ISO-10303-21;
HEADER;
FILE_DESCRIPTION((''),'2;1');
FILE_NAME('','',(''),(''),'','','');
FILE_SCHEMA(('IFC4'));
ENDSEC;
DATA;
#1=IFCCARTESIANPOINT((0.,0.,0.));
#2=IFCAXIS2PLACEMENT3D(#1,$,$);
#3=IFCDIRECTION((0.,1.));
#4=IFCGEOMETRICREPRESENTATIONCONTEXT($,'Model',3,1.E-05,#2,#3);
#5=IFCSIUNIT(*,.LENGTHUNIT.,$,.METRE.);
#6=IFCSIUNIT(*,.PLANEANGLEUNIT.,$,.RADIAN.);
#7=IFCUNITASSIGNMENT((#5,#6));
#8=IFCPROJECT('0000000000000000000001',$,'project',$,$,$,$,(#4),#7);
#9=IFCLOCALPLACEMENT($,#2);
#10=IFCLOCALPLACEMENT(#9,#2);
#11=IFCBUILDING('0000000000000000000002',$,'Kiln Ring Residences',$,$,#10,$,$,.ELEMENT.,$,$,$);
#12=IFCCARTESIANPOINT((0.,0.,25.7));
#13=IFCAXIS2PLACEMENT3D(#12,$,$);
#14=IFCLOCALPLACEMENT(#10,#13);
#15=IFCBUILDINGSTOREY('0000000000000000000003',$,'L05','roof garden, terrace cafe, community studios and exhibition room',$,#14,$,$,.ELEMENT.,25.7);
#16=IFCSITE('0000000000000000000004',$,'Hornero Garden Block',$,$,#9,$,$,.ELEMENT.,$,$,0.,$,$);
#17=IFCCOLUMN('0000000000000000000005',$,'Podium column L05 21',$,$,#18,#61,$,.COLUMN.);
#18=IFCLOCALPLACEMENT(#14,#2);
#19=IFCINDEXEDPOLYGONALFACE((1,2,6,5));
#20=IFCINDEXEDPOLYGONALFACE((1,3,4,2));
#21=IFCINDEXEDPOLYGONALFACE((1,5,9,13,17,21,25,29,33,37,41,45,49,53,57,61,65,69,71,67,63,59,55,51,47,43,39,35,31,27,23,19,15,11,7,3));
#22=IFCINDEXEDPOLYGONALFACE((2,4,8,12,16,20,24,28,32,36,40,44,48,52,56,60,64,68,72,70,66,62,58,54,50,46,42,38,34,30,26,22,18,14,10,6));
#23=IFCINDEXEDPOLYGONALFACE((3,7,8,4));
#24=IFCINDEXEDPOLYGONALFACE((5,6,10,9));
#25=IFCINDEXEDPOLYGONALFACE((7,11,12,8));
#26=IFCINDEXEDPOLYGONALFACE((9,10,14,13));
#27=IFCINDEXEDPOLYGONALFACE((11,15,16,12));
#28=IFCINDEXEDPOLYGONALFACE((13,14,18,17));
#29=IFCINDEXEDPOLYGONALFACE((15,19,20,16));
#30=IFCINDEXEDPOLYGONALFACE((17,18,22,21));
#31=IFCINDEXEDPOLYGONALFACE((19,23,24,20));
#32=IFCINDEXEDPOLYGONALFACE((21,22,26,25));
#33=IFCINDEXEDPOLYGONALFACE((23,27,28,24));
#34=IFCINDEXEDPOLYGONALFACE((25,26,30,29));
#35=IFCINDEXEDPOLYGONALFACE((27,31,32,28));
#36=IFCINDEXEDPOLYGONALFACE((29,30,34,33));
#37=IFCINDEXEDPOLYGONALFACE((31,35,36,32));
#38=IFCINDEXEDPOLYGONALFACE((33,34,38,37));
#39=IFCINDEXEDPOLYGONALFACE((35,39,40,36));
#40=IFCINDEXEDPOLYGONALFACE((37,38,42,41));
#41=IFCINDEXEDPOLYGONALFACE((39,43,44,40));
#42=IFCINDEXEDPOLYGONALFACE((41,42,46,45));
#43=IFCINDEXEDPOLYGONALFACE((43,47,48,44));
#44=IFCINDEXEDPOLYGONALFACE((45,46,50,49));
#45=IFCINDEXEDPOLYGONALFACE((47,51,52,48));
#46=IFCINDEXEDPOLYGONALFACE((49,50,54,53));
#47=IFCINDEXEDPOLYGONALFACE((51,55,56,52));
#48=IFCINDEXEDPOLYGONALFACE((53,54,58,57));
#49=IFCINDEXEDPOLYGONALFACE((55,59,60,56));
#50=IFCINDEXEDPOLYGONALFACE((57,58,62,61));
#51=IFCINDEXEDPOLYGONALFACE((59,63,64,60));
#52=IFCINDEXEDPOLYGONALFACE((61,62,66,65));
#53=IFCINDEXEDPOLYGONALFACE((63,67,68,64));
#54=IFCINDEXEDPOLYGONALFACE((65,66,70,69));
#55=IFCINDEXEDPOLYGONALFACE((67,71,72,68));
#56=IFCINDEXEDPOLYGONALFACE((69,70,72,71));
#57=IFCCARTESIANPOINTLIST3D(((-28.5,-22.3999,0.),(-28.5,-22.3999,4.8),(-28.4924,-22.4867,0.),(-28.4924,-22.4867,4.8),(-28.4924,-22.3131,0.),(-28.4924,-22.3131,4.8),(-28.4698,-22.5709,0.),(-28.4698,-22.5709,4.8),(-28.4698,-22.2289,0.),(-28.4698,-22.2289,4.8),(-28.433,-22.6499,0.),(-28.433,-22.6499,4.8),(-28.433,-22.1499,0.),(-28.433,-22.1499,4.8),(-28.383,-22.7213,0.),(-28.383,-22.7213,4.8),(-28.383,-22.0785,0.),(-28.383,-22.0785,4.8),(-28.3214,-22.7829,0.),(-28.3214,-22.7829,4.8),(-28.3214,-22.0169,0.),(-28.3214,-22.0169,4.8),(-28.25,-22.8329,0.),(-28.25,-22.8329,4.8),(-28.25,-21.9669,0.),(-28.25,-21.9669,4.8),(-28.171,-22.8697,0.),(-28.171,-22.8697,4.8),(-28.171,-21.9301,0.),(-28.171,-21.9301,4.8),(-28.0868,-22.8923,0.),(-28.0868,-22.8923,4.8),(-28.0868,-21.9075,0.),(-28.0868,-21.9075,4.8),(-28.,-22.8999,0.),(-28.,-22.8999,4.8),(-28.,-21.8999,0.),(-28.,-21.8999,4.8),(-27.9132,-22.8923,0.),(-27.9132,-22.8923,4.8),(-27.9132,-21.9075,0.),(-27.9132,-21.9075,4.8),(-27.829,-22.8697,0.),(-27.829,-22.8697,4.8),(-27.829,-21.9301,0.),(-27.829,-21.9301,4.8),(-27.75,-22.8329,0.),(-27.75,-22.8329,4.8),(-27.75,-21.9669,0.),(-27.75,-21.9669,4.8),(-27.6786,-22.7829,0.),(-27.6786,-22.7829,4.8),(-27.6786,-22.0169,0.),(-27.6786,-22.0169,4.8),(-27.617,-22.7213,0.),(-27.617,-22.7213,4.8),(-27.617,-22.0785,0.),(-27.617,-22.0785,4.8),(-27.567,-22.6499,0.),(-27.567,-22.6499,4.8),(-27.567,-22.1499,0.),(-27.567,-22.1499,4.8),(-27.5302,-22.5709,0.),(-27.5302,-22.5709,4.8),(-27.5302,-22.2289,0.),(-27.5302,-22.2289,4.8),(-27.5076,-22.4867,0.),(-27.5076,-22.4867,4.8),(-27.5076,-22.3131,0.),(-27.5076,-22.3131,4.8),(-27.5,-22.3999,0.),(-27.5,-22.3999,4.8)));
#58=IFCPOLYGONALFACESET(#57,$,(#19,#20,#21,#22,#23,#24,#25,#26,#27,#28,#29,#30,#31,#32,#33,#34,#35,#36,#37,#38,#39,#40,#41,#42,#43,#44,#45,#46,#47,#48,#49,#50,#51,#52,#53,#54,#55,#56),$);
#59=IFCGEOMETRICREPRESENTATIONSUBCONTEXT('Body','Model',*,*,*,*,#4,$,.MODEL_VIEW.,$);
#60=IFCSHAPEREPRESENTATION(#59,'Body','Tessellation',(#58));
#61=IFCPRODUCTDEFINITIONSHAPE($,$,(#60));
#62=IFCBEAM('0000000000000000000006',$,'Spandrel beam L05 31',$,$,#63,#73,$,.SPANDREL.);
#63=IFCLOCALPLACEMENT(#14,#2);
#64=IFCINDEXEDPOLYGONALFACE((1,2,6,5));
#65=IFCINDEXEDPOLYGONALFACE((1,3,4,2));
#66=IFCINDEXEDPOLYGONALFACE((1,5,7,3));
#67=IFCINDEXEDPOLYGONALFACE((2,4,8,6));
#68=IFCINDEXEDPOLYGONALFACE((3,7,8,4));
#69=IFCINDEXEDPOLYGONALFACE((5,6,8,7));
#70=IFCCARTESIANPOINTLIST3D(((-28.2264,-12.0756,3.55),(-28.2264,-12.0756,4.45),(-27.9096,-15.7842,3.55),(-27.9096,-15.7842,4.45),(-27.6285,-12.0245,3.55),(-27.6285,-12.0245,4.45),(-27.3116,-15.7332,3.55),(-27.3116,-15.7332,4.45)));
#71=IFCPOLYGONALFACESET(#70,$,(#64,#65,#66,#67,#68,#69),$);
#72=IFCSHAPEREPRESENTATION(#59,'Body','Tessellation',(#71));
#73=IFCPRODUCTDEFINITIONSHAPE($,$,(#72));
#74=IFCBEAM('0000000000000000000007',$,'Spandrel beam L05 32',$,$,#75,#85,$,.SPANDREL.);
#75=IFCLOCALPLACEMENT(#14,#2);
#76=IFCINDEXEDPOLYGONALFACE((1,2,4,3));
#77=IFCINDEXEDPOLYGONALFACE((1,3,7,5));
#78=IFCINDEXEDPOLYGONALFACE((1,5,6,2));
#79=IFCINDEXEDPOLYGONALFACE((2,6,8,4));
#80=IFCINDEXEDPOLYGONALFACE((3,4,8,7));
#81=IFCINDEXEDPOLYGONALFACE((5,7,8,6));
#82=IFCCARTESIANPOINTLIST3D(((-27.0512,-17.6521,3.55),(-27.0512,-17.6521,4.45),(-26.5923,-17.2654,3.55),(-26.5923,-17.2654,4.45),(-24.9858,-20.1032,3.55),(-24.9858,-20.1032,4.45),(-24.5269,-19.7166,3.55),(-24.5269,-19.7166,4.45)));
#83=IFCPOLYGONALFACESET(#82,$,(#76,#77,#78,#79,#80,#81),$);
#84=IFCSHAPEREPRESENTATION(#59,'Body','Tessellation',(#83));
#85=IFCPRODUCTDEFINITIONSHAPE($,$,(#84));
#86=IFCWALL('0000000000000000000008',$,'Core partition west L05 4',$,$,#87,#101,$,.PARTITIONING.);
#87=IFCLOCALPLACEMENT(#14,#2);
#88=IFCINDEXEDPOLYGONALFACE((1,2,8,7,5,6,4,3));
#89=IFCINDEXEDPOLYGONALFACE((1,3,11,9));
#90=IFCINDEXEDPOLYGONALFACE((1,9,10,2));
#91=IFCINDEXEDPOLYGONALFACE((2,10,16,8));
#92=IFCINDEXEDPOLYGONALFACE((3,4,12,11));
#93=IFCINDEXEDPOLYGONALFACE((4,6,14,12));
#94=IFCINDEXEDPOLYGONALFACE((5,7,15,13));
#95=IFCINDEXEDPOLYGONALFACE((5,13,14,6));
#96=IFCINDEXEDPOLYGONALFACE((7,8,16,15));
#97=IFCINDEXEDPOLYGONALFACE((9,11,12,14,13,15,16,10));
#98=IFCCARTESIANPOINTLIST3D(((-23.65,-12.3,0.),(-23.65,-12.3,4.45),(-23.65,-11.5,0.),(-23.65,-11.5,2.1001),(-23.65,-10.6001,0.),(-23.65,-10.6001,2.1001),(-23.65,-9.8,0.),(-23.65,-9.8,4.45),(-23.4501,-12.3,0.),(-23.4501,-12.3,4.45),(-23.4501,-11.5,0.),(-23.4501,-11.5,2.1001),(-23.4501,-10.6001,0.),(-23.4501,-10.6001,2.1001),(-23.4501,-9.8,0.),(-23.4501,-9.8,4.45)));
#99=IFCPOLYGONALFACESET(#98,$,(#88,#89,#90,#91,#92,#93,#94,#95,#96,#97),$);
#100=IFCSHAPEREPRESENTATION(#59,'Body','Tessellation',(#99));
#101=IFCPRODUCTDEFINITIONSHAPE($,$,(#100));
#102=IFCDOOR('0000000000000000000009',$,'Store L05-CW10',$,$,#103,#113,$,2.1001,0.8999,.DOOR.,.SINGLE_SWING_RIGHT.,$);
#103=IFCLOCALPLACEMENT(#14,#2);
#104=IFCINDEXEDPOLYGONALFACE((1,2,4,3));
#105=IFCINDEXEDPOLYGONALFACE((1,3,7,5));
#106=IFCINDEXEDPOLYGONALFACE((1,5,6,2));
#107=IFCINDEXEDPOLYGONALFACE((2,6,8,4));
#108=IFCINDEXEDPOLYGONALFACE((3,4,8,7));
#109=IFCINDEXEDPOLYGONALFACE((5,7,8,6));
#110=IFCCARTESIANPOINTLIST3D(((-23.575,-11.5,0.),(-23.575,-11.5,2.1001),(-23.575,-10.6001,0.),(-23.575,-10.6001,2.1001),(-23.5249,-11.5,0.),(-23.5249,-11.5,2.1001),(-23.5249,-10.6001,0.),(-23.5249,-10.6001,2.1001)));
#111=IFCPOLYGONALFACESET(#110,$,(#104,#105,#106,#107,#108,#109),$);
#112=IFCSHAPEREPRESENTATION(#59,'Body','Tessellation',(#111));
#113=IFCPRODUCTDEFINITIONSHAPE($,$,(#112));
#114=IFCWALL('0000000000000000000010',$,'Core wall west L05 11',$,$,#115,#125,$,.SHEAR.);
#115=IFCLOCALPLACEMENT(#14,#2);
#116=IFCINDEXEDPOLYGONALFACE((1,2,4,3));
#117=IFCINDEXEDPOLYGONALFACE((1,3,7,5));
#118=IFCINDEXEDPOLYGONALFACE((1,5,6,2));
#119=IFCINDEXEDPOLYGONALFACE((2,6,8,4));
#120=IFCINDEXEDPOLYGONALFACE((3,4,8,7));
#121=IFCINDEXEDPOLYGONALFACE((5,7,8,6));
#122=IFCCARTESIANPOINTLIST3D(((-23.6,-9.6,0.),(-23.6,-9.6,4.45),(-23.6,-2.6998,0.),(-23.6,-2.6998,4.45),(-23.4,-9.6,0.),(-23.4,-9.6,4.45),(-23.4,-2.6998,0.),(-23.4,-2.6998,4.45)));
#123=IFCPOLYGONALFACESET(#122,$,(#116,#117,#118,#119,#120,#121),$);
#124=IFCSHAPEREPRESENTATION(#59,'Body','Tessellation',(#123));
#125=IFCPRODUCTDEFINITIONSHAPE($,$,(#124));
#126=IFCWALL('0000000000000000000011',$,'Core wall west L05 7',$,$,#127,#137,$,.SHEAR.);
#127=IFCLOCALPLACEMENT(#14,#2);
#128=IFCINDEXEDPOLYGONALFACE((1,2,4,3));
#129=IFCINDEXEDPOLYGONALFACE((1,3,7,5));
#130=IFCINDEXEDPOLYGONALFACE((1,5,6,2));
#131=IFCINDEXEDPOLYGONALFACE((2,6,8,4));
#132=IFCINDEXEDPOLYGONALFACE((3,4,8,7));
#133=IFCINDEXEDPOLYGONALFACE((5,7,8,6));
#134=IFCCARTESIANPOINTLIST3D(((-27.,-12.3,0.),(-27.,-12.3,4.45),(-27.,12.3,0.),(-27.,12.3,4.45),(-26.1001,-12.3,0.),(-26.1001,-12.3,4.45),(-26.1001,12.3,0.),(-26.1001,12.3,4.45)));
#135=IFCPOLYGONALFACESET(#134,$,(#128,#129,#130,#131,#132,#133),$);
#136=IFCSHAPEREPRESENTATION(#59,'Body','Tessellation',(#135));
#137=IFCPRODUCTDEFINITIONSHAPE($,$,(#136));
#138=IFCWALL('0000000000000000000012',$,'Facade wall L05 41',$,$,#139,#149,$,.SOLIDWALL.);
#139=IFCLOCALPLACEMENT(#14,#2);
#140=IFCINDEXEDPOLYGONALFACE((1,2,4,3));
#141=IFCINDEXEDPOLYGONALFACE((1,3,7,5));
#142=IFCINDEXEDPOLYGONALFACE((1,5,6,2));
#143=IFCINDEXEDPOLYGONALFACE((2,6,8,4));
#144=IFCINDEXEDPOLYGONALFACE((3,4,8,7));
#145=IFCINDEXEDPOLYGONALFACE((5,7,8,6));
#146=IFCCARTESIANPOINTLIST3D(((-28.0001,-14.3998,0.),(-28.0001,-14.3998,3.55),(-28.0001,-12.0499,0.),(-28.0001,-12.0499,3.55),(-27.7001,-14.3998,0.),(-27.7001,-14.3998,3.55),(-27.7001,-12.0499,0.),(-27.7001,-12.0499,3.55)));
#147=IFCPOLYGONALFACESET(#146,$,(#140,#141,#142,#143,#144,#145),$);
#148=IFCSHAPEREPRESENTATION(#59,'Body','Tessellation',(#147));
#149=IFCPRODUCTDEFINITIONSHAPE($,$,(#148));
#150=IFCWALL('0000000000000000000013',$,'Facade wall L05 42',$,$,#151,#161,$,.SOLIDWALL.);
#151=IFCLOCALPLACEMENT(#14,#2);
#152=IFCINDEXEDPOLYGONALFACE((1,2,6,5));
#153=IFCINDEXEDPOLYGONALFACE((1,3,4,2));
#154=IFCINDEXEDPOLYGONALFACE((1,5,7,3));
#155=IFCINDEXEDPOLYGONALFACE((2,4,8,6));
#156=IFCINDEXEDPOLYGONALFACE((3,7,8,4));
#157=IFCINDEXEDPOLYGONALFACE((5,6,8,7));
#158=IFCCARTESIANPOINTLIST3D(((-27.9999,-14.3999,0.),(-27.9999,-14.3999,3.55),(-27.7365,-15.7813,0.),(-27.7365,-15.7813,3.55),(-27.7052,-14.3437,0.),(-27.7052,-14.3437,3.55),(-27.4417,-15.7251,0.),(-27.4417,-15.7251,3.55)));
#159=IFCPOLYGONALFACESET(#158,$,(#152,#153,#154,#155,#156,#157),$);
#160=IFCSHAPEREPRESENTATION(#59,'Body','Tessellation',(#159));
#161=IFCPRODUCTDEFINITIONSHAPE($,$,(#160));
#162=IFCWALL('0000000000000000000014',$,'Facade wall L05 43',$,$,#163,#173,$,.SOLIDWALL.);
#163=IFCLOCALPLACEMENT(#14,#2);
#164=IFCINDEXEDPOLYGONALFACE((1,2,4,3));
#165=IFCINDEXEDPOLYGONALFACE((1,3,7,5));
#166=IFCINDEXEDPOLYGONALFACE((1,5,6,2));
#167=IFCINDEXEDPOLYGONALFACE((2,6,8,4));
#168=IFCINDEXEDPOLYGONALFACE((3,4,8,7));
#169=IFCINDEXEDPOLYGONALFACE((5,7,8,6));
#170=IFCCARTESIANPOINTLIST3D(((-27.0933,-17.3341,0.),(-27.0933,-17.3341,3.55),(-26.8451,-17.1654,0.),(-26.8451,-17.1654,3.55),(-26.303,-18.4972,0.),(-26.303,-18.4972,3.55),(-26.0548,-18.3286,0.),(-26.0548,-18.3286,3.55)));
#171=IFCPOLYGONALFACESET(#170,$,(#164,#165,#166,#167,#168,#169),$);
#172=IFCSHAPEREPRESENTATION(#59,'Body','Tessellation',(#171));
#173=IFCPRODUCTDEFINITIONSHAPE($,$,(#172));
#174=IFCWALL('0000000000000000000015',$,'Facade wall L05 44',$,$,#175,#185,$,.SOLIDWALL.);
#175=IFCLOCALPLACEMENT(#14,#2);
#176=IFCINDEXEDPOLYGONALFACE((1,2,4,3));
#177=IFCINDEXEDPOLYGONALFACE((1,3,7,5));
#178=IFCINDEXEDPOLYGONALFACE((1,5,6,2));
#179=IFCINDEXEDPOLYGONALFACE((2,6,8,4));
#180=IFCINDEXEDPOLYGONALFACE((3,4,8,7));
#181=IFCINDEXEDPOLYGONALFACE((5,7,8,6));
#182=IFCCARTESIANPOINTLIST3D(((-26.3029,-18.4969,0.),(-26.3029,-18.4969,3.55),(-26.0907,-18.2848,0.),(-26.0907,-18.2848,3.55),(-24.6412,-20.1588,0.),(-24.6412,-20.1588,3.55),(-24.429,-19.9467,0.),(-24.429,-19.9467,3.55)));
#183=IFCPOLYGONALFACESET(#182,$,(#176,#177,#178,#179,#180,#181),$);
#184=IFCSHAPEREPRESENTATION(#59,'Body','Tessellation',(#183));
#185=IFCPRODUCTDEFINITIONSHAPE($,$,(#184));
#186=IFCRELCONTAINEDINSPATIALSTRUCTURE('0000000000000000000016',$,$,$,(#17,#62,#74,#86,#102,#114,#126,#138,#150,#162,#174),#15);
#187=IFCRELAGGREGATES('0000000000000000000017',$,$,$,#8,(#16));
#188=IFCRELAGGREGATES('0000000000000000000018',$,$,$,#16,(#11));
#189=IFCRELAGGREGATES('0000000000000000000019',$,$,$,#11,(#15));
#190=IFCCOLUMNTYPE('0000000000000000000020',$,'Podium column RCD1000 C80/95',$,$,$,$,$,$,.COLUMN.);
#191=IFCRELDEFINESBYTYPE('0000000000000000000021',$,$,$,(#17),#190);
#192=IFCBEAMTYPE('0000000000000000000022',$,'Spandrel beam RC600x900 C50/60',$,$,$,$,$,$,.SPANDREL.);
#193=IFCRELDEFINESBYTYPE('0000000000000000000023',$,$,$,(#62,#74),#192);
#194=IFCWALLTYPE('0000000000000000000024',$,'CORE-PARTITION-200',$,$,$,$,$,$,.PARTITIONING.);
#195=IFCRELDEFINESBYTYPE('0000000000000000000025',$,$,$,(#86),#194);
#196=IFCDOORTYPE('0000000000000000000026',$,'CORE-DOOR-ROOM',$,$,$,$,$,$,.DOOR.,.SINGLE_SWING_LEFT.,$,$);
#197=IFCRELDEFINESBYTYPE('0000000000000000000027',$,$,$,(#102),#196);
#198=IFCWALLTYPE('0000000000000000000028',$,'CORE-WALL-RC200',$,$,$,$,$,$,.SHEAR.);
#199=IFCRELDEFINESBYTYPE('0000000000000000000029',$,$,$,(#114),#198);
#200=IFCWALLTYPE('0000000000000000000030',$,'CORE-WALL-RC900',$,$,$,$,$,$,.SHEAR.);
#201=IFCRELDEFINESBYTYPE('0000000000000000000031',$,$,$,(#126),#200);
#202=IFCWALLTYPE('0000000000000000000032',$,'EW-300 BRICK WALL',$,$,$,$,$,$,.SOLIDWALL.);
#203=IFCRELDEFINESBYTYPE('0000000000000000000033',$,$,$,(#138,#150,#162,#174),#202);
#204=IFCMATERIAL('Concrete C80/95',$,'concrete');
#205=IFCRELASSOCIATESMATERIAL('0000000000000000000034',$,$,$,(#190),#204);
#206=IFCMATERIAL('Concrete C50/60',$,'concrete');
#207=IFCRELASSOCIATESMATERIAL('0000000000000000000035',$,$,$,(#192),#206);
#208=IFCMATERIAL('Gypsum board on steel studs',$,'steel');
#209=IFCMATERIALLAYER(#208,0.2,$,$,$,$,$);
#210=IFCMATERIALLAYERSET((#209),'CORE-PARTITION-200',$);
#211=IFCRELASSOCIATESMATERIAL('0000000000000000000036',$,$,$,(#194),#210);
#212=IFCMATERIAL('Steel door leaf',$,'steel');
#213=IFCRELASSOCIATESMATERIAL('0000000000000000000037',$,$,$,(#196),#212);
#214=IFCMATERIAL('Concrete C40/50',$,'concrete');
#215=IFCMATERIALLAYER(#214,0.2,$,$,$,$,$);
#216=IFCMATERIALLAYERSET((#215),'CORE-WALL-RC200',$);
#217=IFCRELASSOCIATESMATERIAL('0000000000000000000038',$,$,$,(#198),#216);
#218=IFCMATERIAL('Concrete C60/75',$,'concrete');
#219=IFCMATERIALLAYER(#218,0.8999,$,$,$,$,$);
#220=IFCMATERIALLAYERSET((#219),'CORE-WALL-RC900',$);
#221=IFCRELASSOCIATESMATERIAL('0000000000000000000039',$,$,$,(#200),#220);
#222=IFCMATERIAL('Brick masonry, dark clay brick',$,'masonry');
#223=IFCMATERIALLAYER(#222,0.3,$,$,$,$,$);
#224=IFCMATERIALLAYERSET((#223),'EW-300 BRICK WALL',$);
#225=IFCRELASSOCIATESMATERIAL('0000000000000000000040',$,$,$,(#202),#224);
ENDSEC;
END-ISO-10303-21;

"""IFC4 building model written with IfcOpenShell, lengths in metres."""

from ifc_helpers import new_model, si_unit, direction, frame, frame_2d, origin, origin_2d, place, context, subcontext, project, spatial, rectangle, circle, extrude, material, layer, layer_set, material_profile, profile_set, type_object, element, fill, save


model = new_model("IFC4")

# Units and contexts
model_context = context("Model", 3, precision=1e-05, world=origin(), true_north=direction((0.0, 1.0)))
body_context = subcontext(model_context, "Body", "Model", "MODEL_VIEW")
ifc_project = project(units=[si_unit("LENGTHUNIT", "METRE"), si_unit("PLANEANGLEUNIT", "RADIAN")], contexts=[model_context])

# Site, building, storey
site_placement = place(None, origin())
site = spatial("IfcSite", under=ifc_project, at=site_placement, Name="Hornero Garden Block", CompositionType="ELEMENT", RefElevation=0.0)
building_placement = place(site_placement, origin())
building = spatial("IfcBuilding", under=site, at=building_placement, Name="Kiln Ring Residences", CompositionType="ELEMENT")
storey_placement = place(building_placement, frame((0.0, 0.0, 25.7)))
storey = spatial("IfcBuildingStorey", under=building, at=storey_placement, Name="L05", Description="roof garden, terrace cafe, community studios and exhibition room", CompositionType="ELEMENT", Elevation=25.7)

# Column
ifc_material_1 = material(Name="Concrete C80/95", Category="concrete")
ifc_material_profile_1 = material_profile(ifc_material_1, circle(Radius=0.5, at=origin_2d()), Name="RCD1000")
ifc_profile_set_1 = profile_set([ifc_material_profile_1], Name="Concrete C80/95")
column_type_1 = type_object("IfcColumnType", Name="Podium column RCD1000 C80/95", PredefinedType="COLUMN", material=ifc_profile_set_1)
for number, where, z_axis, x_axis, name in (
    (1, (-28.0, -22.3999, 0.0), (0.0, 0.0, 1.0), (1.0, 0.0, 0.0), "Podium column L05 21"),
):
    element("IfcColumn", number, at=place(storey_placement, frame(where, z_axis=z_axis, x_axis=x_axis)), inside=storey, type_object=column_type_1, Name=name, PredefinedType="COLUMN", context=body_context, shape_type="SweptSolid", body=[
        extrude(circle(Radius=0.5, at=origin_2d()), origin(), (0.0, 0.0, 1.0), 4.8),
    ])

# Beams
ifc_material_2 = material(Name="Concrete C50/60", Category="concrete")
ifc_material_profile_2 = material_profile(ifc_material_2, rectangle(XDim=0.6001, YDim=0.8999, at=origin_2d()), Name="RC600x900")
ifc_profile_set_2 = profile_set([ifc_material_profile_2], Name="Concrete C50/60")
beam_type = type_object("IfcBeamType", Name="Spandrel beam RC600x900 C50/60", PredefinedType="SPANDREL", material=ifc_profile_set_2)
beam_1_placement = place(storey_placement, frame((-27.9275, -12.05, 4.0), z_axis=(0.085135, -0.996369, 0.0), x_axis=(0.996369, 0.085135, 0.0)))
element("IfcBeam", 2, at=beam_1_placement, inside=storey, type_object=beam_type, Name="Spandrel beam L05 31", PredefinedType="SPANDREL", context=body_context, shape_type="SweptSolid", body=[
    extrude(rectangle(XDim=0.6001, YDim=0.8999, at=origin_2d()), origin(), (0.0, 0.0, 1.0), 3.7222),
])
beam_2_placement = place(storey_placement, frame((-26.8218, -17.4587, 4.0), z_axis=(0.64437, -0.764714, 0.0), x_axis=(0.764714, 0.64437, 0.0)))
element("IfcBeam", 3, at=beam_2_placement, inside=storey, type_object=beam_type, Name="Spandrel beam L05 32", PredefinedType="SPANDREL", context=body_context, shape_type="SweptSolid", body=[
    extrude(rectangle(XDim=0.6001, YDim=0.8999, at=origin_2d()), origin(), (0.0, 0.0, 1.0), 3.2053),
])

# Wall, opening, door
ifc_material_3 = material(Name="Gypsum board on steel studs", Category="steel")
ifc_layer_1 = layer(ifc_material_3, 0.2)
ifc_layer_set_1 = layer_set([ifc_layer_1], Name="CORE-PARTITION-200")
wall_type_1 = type_object("IfcWallType", Name="CORE-PARTITION-200", PredefinedType="PARTITIONING", material=ifc_layer_set_1)
wall_1_placement = place(storey_placement, frame((-23.55, -12.3, 0.0), z_axis=(0.0, 0.0, 1.0), x_axis=(0.0, 1.0, 0.0)))
wall_1 = element("IfcWall", 4, at=wall_1_placement, inside=storey, type_object=wall_type_1, Name="Core partition west L05 4", PredefinedType="PARTITIONING", context=body_context, shape_type="SweptSolid", body=[
    extrude(rectangle(XDim=2.5, YDim=0.2, at=frame_2d((1.25, 0.0))), origin(), (0.0, 0.0, 1.0), 4.45),
])
opening_placement = place(wall_1_placement, frame((0.8, 0.0, 0.0)))
opening = element("IfcOpeningElement", 5, at=opening_placement, cuts=wall_1, PredefinedType="OPENING", context=body_context, shape_type="SweptSolid", body=[
    extrude(rectangle(XDim=0.8999, YDim=2.1001, at=frame_2d((0.45, 1.05))), frame((0.0, 0.1099, 0.0), z_axis=(0.0, -1.0, 0.0), x_axis=(1.0, 0.0, 0.0)), (0.0, 0.0, 1.0), 0.22),
])
ifc_material_4 = material(Name="Steel door leaf", Category="steel")
door_type = type_object("IfcDoorType", Name="CORE-DOOR-ROOM", OperationType="SINGLE_SWING_LEFT", PredefinedType="DOOR", material=ifc_material_4)
door_placement = place(opening_placement, origin())
door = element("IfcDoor", 6, at=door_placement, inside=storey, type_object=door_type, Name="Store L05-CW10", OperationType="SINGLE_SWING_RIGHT", OverallHeight=2.1001, OverallWidth=0.8999, PredefinedType="DOOR", context=body_context, shape_type="SweptSolid", body=[
    extrude(rectangle(XDim=0.8999, YDim=2.1001, at=frame_2d((0.45, 1.05))), frame((0.0, 0.0249, 0.0), z_axis=(0.0, -1.0, 0.0), x_axis=(1.0, 0.0, 0.0)), (0.0, 0.0, 1.0), 0.05),
])
fill(opening, door)

# Walls
ifc_material_5 = material(Name="Concrete C40/50", Category="concrete")
ifc_layer_2 = layer(ifc_material_5, 0.2)
ifc_layer_set_2 = layer_set([ifc_layer_2], Name="CORE-WALL-RC200")
wall_type_2 = type_object("IfcWallType", Name="CORE-WALL-RC200", PredefinedType="SHEAR", material=ifc_layer_set_2)
wall_2_placement = place(storey_placement, frame((-23.5, -9.6001, 0.0), z_axis=(0.0, 0.0, 1.0), x_axis=(0.0, 1.0, 0.0)))
element("IfcWall", 7, at=wall_2_placement, inside=storey, type_object=wall_type_2, Name="Core wall west L05 11", PredefinedType="SHEAR", context=body_context, shape_type="SweptSolid", body=[
    extrude(rectangle(XDim=6.9001, YDim=0.2, at=frame_2d((3.4502, 0.0))), origin(), (0.0, 0.0, 1.0), 4.45),
])
ifc_material_6 = material(Name="Concrete C60/75", Category="concrete")
ifc_layer_3 = layer(ifc_material_6, 0.8999)
ifc_layer_set_3 = layer_set([ifc_layer_3], Name="CORE-WALL-RC900")
wall_type_3 = type_object("IfcWallType", Name="CORE-WALL-RC900", PredefinedType="SHEAR", material=ifc_layer_set_3)
wall_3_placement = place(storey_placement, frame((-26.55, -12.3, 0.0), z_axis=(0.0, 0.0, 1.0), x_axis=(0.0, 1.0, 0.0)))
element("IfcWall", 8, at=wall_3_placement, inside=storey, type_object=wall_type_3, Name="Core wall west L05 7", PredefinedType="SHEAR", context=body_context, shape_type="SweptSolid", body=[
    extrude(rectangle(XDim=24.6001, YDim=0.8999, at=frame_2d((12.3, 0.0))), origin(), (0.0, 0.0, 1.0), 4.45),
])
ifc_material_7 = material(Name="Brick masonry, dark clay brick", Category="masonry")
ifc_layer_4 = layer(ifc_material_7, 0.3)
ifc_layer_set_4 = layer_set([ifc_layer_4], Name="EW-300 BRICK WALL")
wall_type_4 = type_object("IfcWallType", Name="EW-300 BRICK WALL", PredefinedType="SOLIDWALL", material=ifc_layer_set_4)
wall_4_placement = place(storey_placement, frame((-27.8501, -12.05, 0.0), z_axis=(0.0, 0.0, 1.0), x_axis=(0.0, -1.0, 0.0)))
element("IfcWall", 9, at=wall_4_placement, inside=storey, type_object=wall_type_4, Name="Facade wall L05 41", PredefinedType="SOLIDWALL", context=body_context, shape_type="SweptSolid", body=[
    extrude(rectangle(XDim=2.3499, YDim=0.3, at=frame_2d((1.1748, 0.0))), origin(), (0.0, 0.0, 1.0), 3.55),
])
for number, where, z_axis, x_axis, name in (
    (10, (-27.8525, -14.3718, 0.0), (0.0, 0.0, 1.0), (0.187328, -0.982298, 0.0), "Facade wall L05 42"),
    (11, (-26.9692, -17.2498, 0.0), (0.0, 0.0, 1.0), (0.562011, -0.82713, 0.0), "Facade wall L05 43"),
):
    element("IfcWall", number, at=place(storey_placement, frame(where, z_axis=z_axis, x_axis=x_axis)), inside=storey, type_object=wall_type_4, Name=name, PredefinedType="SOLIDWALL", context=body_context, shape_type="SweptSolid", body=[
        extrude(rectangle(XDim=1.4062, YDim=0.3, at=frame_2d((0.7031, 0.0))), origin(), (0.0, 0.0, 1.0), 3.55),
    ])
wall_5_placement = place(storey_placement, frame((-26.1968, -18.3909, 0.0), z_axis=(0.0, 0.0, 1.0), x_axis=(0.707055, -0.707159, 0.0)))
element("IfcWall", 12, at=wall_5_placement, inside=storey, type_object=wall_type_4, Name="Facade wall L05 44", PredefinedType="SOLIDWALL", context=body_context, shape_type="SweptSolid", body=[
    extrude(rectangle(XDim=2.3501, YDim=0.3, at=frame_2d((1.175, 0.0))), origin(), (0.0, 0.0, 1.0), 3.55),
])

save(model, "model.ifc")
